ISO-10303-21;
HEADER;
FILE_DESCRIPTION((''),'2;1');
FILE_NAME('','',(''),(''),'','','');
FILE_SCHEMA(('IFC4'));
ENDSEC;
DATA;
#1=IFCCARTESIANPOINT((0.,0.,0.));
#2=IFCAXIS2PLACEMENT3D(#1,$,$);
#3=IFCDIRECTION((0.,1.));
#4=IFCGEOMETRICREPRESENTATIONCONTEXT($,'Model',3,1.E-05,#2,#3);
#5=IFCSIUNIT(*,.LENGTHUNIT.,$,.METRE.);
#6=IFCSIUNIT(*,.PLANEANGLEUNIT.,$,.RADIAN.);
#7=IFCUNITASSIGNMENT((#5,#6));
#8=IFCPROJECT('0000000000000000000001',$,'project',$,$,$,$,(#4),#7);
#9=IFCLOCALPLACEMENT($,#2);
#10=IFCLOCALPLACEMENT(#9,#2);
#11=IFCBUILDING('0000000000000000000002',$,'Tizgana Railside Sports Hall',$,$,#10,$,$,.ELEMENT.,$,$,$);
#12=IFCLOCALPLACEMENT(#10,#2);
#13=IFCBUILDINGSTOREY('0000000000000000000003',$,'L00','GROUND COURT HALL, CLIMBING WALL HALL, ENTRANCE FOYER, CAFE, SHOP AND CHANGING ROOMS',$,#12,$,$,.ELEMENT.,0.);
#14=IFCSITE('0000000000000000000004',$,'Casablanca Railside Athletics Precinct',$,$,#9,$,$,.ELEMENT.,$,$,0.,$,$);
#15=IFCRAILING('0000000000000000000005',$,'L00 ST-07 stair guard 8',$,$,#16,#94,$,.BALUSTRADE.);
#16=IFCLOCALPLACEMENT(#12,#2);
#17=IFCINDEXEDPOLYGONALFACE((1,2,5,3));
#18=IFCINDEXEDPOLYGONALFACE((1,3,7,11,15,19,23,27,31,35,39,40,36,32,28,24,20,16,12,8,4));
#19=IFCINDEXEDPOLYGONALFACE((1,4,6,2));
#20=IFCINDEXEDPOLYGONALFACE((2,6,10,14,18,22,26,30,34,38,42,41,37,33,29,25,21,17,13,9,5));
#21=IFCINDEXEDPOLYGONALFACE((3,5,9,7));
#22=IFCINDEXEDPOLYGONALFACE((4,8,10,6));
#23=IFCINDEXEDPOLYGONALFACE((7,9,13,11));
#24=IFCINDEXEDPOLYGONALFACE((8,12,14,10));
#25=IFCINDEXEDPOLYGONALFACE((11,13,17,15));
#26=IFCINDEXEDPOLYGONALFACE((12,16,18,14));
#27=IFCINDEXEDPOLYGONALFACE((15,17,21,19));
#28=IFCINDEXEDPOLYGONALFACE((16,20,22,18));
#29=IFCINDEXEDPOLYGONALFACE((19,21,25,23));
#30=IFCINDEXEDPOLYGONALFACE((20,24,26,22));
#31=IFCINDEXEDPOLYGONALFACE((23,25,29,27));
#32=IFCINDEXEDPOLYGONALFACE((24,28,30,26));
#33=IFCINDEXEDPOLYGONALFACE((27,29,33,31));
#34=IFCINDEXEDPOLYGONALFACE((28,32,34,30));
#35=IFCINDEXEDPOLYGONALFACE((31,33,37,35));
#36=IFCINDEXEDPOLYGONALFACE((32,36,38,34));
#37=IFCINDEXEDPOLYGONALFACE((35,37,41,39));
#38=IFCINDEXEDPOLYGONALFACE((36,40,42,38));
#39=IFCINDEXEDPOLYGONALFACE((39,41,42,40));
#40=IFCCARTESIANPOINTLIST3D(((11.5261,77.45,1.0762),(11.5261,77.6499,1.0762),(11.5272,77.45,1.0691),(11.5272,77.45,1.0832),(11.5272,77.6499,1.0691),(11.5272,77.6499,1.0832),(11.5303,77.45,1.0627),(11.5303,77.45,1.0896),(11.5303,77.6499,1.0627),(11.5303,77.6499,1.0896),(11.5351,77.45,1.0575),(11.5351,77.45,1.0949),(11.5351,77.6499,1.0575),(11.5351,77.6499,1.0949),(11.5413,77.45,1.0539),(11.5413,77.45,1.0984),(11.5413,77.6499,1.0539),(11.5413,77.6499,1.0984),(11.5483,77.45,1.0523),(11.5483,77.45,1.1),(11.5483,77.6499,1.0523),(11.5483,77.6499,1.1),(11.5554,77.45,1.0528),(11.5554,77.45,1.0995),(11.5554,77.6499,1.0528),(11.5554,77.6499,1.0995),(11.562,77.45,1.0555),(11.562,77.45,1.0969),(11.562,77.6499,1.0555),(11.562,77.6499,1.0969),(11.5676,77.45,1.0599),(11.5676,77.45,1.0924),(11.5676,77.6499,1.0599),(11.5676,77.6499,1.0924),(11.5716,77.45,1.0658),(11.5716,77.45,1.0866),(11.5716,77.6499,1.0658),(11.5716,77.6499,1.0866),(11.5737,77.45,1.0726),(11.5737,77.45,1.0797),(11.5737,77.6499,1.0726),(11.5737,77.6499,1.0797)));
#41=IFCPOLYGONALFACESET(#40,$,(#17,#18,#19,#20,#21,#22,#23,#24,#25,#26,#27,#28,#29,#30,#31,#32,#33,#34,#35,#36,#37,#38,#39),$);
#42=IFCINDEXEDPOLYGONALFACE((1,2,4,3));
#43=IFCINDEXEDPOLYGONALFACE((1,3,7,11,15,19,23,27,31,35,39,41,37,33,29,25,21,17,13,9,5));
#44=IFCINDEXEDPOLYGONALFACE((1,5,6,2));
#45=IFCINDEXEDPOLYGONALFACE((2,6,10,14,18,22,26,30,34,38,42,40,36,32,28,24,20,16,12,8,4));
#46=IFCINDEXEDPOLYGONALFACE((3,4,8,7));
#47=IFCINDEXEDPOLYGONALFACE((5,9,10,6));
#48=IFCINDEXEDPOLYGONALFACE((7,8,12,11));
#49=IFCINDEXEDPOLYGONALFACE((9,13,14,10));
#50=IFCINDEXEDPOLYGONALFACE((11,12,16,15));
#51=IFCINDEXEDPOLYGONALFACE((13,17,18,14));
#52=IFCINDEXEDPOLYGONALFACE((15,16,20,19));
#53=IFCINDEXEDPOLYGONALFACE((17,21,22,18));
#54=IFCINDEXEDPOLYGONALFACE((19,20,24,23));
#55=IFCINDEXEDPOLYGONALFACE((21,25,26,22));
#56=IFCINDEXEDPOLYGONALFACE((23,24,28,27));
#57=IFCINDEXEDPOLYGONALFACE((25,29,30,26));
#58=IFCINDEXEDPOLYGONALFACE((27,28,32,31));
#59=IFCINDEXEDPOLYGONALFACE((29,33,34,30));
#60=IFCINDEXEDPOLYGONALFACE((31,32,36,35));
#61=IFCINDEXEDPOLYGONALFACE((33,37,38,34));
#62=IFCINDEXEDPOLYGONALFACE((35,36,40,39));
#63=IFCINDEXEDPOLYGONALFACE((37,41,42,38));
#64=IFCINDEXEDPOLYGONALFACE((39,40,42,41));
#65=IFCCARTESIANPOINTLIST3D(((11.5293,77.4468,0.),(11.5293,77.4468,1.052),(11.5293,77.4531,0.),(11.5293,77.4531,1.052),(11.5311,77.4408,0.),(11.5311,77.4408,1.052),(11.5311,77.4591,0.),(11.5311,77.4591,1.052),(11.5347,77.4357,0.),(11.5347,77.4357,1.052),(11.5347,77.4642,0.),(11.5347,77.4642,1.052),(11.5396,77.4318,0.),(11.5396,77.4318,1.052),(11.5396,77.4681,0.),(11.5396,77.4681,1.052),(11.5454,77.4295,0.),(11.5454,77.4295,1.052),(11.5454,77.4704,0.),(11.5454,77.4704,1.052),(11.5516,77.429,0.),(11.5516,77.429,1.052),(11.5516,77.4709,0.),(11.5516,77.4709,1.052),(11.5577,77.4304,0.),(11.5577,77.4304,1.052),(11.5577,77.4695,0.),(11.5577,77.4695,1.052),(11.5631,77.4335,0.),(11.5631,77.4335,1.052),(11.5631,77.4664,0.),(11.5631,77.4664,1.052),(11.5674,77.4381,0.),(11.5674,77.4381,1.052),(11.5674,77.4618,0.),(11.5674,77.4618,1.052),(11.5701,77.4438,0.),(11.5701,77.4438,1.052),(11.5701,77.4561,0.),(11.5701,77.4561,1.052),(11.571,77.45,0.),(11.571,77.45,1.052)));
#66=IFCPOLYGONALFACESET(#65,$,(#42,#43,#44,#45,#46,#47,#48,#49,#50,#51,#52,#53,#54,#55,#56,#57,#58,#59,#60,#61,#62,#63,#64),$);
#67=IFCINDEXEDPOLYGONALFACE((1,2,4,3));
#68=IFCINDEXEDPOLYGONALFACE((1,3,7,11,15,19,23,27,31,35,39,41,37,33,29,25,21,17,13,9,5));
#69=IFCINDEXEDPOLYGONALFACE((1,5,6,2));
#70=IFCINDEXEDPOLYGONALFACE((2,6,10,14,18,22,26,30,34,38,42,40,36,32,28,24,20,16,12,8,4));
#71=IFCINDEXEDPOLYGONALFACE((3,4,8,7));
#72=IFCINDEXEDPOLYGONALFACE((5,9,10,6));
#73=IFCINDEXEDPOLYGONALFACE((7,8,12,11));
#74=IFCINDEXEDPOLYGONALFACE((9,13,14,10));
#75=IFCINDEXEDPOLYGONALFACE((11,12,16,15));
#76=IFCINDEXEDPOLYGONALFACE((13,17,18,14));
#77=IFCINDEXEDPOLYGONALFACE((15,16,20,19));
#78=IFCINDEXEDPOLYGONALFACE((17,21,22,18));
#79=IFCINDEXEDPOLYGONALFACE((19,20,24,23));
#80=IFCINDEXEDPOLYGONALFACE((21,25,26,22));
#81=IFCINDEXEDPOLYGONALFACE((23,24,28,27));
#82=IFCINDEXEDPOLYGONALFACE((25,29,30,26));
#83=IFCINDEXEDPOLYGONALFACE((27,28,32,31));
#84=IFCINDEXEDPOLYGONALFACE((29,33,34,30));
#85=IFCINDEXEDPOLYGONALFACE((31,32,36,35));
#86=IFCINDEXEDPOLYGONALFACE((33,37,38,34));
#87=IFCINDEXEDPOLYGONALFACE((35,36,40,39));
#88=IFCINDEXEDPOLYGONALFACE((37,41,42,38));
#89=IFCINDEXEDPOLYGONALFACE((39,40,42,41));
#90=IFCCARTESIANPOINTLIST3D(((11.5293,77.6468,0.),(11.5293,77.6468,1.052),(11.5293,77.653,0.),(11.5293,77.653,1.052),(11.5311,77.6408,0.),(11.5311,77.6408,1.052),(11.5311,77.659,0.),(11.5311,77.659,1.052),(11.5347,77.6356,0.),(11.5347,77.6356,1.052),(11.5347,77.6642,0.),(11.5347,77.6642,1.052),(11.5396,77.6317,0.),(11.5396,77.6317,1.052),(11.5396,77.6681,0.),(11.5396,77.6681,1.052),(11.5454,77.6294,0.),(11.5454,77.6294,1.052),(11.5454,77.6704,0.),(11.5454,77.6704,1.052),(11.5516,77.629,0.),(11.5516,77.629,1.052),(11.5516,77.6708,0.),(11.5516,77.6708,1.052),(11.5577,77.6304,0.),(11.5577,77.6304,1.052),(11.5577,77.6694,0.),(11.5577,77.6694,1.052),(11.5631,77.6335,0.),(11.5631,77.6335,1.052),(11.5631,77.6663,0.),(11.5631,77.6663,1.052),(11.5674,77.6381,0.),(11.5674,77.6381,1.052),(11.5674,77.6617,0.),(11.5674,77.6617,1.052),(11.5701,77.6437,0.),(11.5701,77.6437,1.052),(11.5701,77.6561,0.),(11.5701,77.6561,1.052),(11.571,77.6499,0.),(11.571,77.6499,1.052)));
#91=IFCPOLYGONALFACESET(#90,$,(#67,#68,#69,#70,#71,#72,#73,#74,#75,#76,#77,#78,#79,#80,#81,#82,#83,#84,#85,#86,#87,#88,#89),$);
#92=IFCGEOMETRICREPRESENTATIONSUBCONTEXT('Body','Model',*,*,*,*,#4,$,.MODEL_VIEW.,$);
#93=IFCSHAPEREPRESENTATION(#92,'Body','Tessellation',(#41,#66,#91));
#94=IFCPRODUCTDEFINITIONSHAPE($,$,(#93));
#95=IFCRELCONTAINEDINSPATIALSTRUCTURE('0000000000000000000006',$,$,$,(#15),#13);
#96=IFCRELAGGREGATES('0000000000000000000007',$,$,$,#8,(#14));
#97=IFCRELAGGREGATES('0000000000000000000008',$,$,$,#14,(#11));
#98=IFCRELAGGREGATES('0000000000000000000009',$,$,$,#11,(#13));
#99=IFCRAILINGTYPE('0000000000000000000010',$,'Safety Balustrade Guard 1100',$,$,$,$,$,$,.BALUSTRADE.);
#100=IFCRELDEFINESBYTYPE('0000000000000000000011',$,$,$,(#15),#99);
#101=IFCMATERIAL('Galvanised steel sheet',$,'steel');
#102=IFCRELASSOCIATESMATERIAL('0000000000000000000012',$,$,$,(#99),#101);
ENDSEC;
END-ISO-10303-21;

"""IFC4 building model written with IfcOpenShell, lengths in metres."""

from ifc_helpers import new_model, si_unit, direction, frame, origin, origin_2d, place, context, subcontext, project, spatial, circle, extrude, material, type_object, element, save


model = new_model("IFC4")

# Units and contexts
model_context = context("Model", 3, precision=1e-05, world=origin(), true_north=direction((0.0, 1.0)))
body_context = subcontext(model_context, "Body", "Model", "MODEL_VIEW")
ifc_project = project(units=[si_unit("LENGTHUNIT", "METRE"), si_unit("PLANEANGLEUNIT", "RADIAN")], contexts=[model_context])

# Site, building, storey
site_placement = place(None, origin())
site = spatial("IfcSite", under=ifc_project, at=site_placement, Name="Casablanca Railside Athletics Precinct", CompositionType="ELEMENT", RefElevation=0.0)
building_placement = place(site_placement, origin())
building = spatial("IfcBuilding", under=site, at=building_placement, Name="Tizgana Railside Sports Hall", CompositionType="ELEMENT")
storey_placement = place(building_placement, origin())
storey = spatial("IfcBuildingStorey", under=building, at=storey_placement, Name="L00", Description="GROUND COURT HALL, CLIMBING WALL HALL, ENTRANCE FOYER, CAFE, SHOP AND CHANGING ROOMS", CompositionType="ELEMENT", Elevation=0.0)

# Railing
ifc_material_1 = material(Name="Galvanised steel sheet", Category="steel")
railing_type_1 = type_object("IfcRailingType", Name="Safety Balustrade Guard 1100", PredefinedType="BALUSTRADE", material=ifc_material_1)
railing_1_placement = place(storey_placement, frame((11.55, 77.45, 0.0)))
element("IfcRailing", 1, at=railing_1_placement, inside=storey, type_object=railing_type_1, Name="L00 ST-07 stair guard 8", PredefinedType="BALUSTRADE", context=body_context, shape_type="SweptSolid", body=[
    extrude(circle(Radius=0.0239, at=origin_2d()), frame((0.0, 0.0, 1.0762), z_axis=(0.0, 1.0, 0.0), x_axis=(-1.0, 0.0, 0.0)), (0.0, 0.0, 1.0), 0.2),
    extrude(circle(Radius=0.021, at=origin_2d()), origin(), (0.0, 0.0, 1.0), 1.052),
    extrude(circle(Radius=0.021, at=origin_2d()), frame((0.0, 0.2, 0.0)), (0.0, 0.0, 1.0), 1.052),
])

save(model, "model.ifc")
